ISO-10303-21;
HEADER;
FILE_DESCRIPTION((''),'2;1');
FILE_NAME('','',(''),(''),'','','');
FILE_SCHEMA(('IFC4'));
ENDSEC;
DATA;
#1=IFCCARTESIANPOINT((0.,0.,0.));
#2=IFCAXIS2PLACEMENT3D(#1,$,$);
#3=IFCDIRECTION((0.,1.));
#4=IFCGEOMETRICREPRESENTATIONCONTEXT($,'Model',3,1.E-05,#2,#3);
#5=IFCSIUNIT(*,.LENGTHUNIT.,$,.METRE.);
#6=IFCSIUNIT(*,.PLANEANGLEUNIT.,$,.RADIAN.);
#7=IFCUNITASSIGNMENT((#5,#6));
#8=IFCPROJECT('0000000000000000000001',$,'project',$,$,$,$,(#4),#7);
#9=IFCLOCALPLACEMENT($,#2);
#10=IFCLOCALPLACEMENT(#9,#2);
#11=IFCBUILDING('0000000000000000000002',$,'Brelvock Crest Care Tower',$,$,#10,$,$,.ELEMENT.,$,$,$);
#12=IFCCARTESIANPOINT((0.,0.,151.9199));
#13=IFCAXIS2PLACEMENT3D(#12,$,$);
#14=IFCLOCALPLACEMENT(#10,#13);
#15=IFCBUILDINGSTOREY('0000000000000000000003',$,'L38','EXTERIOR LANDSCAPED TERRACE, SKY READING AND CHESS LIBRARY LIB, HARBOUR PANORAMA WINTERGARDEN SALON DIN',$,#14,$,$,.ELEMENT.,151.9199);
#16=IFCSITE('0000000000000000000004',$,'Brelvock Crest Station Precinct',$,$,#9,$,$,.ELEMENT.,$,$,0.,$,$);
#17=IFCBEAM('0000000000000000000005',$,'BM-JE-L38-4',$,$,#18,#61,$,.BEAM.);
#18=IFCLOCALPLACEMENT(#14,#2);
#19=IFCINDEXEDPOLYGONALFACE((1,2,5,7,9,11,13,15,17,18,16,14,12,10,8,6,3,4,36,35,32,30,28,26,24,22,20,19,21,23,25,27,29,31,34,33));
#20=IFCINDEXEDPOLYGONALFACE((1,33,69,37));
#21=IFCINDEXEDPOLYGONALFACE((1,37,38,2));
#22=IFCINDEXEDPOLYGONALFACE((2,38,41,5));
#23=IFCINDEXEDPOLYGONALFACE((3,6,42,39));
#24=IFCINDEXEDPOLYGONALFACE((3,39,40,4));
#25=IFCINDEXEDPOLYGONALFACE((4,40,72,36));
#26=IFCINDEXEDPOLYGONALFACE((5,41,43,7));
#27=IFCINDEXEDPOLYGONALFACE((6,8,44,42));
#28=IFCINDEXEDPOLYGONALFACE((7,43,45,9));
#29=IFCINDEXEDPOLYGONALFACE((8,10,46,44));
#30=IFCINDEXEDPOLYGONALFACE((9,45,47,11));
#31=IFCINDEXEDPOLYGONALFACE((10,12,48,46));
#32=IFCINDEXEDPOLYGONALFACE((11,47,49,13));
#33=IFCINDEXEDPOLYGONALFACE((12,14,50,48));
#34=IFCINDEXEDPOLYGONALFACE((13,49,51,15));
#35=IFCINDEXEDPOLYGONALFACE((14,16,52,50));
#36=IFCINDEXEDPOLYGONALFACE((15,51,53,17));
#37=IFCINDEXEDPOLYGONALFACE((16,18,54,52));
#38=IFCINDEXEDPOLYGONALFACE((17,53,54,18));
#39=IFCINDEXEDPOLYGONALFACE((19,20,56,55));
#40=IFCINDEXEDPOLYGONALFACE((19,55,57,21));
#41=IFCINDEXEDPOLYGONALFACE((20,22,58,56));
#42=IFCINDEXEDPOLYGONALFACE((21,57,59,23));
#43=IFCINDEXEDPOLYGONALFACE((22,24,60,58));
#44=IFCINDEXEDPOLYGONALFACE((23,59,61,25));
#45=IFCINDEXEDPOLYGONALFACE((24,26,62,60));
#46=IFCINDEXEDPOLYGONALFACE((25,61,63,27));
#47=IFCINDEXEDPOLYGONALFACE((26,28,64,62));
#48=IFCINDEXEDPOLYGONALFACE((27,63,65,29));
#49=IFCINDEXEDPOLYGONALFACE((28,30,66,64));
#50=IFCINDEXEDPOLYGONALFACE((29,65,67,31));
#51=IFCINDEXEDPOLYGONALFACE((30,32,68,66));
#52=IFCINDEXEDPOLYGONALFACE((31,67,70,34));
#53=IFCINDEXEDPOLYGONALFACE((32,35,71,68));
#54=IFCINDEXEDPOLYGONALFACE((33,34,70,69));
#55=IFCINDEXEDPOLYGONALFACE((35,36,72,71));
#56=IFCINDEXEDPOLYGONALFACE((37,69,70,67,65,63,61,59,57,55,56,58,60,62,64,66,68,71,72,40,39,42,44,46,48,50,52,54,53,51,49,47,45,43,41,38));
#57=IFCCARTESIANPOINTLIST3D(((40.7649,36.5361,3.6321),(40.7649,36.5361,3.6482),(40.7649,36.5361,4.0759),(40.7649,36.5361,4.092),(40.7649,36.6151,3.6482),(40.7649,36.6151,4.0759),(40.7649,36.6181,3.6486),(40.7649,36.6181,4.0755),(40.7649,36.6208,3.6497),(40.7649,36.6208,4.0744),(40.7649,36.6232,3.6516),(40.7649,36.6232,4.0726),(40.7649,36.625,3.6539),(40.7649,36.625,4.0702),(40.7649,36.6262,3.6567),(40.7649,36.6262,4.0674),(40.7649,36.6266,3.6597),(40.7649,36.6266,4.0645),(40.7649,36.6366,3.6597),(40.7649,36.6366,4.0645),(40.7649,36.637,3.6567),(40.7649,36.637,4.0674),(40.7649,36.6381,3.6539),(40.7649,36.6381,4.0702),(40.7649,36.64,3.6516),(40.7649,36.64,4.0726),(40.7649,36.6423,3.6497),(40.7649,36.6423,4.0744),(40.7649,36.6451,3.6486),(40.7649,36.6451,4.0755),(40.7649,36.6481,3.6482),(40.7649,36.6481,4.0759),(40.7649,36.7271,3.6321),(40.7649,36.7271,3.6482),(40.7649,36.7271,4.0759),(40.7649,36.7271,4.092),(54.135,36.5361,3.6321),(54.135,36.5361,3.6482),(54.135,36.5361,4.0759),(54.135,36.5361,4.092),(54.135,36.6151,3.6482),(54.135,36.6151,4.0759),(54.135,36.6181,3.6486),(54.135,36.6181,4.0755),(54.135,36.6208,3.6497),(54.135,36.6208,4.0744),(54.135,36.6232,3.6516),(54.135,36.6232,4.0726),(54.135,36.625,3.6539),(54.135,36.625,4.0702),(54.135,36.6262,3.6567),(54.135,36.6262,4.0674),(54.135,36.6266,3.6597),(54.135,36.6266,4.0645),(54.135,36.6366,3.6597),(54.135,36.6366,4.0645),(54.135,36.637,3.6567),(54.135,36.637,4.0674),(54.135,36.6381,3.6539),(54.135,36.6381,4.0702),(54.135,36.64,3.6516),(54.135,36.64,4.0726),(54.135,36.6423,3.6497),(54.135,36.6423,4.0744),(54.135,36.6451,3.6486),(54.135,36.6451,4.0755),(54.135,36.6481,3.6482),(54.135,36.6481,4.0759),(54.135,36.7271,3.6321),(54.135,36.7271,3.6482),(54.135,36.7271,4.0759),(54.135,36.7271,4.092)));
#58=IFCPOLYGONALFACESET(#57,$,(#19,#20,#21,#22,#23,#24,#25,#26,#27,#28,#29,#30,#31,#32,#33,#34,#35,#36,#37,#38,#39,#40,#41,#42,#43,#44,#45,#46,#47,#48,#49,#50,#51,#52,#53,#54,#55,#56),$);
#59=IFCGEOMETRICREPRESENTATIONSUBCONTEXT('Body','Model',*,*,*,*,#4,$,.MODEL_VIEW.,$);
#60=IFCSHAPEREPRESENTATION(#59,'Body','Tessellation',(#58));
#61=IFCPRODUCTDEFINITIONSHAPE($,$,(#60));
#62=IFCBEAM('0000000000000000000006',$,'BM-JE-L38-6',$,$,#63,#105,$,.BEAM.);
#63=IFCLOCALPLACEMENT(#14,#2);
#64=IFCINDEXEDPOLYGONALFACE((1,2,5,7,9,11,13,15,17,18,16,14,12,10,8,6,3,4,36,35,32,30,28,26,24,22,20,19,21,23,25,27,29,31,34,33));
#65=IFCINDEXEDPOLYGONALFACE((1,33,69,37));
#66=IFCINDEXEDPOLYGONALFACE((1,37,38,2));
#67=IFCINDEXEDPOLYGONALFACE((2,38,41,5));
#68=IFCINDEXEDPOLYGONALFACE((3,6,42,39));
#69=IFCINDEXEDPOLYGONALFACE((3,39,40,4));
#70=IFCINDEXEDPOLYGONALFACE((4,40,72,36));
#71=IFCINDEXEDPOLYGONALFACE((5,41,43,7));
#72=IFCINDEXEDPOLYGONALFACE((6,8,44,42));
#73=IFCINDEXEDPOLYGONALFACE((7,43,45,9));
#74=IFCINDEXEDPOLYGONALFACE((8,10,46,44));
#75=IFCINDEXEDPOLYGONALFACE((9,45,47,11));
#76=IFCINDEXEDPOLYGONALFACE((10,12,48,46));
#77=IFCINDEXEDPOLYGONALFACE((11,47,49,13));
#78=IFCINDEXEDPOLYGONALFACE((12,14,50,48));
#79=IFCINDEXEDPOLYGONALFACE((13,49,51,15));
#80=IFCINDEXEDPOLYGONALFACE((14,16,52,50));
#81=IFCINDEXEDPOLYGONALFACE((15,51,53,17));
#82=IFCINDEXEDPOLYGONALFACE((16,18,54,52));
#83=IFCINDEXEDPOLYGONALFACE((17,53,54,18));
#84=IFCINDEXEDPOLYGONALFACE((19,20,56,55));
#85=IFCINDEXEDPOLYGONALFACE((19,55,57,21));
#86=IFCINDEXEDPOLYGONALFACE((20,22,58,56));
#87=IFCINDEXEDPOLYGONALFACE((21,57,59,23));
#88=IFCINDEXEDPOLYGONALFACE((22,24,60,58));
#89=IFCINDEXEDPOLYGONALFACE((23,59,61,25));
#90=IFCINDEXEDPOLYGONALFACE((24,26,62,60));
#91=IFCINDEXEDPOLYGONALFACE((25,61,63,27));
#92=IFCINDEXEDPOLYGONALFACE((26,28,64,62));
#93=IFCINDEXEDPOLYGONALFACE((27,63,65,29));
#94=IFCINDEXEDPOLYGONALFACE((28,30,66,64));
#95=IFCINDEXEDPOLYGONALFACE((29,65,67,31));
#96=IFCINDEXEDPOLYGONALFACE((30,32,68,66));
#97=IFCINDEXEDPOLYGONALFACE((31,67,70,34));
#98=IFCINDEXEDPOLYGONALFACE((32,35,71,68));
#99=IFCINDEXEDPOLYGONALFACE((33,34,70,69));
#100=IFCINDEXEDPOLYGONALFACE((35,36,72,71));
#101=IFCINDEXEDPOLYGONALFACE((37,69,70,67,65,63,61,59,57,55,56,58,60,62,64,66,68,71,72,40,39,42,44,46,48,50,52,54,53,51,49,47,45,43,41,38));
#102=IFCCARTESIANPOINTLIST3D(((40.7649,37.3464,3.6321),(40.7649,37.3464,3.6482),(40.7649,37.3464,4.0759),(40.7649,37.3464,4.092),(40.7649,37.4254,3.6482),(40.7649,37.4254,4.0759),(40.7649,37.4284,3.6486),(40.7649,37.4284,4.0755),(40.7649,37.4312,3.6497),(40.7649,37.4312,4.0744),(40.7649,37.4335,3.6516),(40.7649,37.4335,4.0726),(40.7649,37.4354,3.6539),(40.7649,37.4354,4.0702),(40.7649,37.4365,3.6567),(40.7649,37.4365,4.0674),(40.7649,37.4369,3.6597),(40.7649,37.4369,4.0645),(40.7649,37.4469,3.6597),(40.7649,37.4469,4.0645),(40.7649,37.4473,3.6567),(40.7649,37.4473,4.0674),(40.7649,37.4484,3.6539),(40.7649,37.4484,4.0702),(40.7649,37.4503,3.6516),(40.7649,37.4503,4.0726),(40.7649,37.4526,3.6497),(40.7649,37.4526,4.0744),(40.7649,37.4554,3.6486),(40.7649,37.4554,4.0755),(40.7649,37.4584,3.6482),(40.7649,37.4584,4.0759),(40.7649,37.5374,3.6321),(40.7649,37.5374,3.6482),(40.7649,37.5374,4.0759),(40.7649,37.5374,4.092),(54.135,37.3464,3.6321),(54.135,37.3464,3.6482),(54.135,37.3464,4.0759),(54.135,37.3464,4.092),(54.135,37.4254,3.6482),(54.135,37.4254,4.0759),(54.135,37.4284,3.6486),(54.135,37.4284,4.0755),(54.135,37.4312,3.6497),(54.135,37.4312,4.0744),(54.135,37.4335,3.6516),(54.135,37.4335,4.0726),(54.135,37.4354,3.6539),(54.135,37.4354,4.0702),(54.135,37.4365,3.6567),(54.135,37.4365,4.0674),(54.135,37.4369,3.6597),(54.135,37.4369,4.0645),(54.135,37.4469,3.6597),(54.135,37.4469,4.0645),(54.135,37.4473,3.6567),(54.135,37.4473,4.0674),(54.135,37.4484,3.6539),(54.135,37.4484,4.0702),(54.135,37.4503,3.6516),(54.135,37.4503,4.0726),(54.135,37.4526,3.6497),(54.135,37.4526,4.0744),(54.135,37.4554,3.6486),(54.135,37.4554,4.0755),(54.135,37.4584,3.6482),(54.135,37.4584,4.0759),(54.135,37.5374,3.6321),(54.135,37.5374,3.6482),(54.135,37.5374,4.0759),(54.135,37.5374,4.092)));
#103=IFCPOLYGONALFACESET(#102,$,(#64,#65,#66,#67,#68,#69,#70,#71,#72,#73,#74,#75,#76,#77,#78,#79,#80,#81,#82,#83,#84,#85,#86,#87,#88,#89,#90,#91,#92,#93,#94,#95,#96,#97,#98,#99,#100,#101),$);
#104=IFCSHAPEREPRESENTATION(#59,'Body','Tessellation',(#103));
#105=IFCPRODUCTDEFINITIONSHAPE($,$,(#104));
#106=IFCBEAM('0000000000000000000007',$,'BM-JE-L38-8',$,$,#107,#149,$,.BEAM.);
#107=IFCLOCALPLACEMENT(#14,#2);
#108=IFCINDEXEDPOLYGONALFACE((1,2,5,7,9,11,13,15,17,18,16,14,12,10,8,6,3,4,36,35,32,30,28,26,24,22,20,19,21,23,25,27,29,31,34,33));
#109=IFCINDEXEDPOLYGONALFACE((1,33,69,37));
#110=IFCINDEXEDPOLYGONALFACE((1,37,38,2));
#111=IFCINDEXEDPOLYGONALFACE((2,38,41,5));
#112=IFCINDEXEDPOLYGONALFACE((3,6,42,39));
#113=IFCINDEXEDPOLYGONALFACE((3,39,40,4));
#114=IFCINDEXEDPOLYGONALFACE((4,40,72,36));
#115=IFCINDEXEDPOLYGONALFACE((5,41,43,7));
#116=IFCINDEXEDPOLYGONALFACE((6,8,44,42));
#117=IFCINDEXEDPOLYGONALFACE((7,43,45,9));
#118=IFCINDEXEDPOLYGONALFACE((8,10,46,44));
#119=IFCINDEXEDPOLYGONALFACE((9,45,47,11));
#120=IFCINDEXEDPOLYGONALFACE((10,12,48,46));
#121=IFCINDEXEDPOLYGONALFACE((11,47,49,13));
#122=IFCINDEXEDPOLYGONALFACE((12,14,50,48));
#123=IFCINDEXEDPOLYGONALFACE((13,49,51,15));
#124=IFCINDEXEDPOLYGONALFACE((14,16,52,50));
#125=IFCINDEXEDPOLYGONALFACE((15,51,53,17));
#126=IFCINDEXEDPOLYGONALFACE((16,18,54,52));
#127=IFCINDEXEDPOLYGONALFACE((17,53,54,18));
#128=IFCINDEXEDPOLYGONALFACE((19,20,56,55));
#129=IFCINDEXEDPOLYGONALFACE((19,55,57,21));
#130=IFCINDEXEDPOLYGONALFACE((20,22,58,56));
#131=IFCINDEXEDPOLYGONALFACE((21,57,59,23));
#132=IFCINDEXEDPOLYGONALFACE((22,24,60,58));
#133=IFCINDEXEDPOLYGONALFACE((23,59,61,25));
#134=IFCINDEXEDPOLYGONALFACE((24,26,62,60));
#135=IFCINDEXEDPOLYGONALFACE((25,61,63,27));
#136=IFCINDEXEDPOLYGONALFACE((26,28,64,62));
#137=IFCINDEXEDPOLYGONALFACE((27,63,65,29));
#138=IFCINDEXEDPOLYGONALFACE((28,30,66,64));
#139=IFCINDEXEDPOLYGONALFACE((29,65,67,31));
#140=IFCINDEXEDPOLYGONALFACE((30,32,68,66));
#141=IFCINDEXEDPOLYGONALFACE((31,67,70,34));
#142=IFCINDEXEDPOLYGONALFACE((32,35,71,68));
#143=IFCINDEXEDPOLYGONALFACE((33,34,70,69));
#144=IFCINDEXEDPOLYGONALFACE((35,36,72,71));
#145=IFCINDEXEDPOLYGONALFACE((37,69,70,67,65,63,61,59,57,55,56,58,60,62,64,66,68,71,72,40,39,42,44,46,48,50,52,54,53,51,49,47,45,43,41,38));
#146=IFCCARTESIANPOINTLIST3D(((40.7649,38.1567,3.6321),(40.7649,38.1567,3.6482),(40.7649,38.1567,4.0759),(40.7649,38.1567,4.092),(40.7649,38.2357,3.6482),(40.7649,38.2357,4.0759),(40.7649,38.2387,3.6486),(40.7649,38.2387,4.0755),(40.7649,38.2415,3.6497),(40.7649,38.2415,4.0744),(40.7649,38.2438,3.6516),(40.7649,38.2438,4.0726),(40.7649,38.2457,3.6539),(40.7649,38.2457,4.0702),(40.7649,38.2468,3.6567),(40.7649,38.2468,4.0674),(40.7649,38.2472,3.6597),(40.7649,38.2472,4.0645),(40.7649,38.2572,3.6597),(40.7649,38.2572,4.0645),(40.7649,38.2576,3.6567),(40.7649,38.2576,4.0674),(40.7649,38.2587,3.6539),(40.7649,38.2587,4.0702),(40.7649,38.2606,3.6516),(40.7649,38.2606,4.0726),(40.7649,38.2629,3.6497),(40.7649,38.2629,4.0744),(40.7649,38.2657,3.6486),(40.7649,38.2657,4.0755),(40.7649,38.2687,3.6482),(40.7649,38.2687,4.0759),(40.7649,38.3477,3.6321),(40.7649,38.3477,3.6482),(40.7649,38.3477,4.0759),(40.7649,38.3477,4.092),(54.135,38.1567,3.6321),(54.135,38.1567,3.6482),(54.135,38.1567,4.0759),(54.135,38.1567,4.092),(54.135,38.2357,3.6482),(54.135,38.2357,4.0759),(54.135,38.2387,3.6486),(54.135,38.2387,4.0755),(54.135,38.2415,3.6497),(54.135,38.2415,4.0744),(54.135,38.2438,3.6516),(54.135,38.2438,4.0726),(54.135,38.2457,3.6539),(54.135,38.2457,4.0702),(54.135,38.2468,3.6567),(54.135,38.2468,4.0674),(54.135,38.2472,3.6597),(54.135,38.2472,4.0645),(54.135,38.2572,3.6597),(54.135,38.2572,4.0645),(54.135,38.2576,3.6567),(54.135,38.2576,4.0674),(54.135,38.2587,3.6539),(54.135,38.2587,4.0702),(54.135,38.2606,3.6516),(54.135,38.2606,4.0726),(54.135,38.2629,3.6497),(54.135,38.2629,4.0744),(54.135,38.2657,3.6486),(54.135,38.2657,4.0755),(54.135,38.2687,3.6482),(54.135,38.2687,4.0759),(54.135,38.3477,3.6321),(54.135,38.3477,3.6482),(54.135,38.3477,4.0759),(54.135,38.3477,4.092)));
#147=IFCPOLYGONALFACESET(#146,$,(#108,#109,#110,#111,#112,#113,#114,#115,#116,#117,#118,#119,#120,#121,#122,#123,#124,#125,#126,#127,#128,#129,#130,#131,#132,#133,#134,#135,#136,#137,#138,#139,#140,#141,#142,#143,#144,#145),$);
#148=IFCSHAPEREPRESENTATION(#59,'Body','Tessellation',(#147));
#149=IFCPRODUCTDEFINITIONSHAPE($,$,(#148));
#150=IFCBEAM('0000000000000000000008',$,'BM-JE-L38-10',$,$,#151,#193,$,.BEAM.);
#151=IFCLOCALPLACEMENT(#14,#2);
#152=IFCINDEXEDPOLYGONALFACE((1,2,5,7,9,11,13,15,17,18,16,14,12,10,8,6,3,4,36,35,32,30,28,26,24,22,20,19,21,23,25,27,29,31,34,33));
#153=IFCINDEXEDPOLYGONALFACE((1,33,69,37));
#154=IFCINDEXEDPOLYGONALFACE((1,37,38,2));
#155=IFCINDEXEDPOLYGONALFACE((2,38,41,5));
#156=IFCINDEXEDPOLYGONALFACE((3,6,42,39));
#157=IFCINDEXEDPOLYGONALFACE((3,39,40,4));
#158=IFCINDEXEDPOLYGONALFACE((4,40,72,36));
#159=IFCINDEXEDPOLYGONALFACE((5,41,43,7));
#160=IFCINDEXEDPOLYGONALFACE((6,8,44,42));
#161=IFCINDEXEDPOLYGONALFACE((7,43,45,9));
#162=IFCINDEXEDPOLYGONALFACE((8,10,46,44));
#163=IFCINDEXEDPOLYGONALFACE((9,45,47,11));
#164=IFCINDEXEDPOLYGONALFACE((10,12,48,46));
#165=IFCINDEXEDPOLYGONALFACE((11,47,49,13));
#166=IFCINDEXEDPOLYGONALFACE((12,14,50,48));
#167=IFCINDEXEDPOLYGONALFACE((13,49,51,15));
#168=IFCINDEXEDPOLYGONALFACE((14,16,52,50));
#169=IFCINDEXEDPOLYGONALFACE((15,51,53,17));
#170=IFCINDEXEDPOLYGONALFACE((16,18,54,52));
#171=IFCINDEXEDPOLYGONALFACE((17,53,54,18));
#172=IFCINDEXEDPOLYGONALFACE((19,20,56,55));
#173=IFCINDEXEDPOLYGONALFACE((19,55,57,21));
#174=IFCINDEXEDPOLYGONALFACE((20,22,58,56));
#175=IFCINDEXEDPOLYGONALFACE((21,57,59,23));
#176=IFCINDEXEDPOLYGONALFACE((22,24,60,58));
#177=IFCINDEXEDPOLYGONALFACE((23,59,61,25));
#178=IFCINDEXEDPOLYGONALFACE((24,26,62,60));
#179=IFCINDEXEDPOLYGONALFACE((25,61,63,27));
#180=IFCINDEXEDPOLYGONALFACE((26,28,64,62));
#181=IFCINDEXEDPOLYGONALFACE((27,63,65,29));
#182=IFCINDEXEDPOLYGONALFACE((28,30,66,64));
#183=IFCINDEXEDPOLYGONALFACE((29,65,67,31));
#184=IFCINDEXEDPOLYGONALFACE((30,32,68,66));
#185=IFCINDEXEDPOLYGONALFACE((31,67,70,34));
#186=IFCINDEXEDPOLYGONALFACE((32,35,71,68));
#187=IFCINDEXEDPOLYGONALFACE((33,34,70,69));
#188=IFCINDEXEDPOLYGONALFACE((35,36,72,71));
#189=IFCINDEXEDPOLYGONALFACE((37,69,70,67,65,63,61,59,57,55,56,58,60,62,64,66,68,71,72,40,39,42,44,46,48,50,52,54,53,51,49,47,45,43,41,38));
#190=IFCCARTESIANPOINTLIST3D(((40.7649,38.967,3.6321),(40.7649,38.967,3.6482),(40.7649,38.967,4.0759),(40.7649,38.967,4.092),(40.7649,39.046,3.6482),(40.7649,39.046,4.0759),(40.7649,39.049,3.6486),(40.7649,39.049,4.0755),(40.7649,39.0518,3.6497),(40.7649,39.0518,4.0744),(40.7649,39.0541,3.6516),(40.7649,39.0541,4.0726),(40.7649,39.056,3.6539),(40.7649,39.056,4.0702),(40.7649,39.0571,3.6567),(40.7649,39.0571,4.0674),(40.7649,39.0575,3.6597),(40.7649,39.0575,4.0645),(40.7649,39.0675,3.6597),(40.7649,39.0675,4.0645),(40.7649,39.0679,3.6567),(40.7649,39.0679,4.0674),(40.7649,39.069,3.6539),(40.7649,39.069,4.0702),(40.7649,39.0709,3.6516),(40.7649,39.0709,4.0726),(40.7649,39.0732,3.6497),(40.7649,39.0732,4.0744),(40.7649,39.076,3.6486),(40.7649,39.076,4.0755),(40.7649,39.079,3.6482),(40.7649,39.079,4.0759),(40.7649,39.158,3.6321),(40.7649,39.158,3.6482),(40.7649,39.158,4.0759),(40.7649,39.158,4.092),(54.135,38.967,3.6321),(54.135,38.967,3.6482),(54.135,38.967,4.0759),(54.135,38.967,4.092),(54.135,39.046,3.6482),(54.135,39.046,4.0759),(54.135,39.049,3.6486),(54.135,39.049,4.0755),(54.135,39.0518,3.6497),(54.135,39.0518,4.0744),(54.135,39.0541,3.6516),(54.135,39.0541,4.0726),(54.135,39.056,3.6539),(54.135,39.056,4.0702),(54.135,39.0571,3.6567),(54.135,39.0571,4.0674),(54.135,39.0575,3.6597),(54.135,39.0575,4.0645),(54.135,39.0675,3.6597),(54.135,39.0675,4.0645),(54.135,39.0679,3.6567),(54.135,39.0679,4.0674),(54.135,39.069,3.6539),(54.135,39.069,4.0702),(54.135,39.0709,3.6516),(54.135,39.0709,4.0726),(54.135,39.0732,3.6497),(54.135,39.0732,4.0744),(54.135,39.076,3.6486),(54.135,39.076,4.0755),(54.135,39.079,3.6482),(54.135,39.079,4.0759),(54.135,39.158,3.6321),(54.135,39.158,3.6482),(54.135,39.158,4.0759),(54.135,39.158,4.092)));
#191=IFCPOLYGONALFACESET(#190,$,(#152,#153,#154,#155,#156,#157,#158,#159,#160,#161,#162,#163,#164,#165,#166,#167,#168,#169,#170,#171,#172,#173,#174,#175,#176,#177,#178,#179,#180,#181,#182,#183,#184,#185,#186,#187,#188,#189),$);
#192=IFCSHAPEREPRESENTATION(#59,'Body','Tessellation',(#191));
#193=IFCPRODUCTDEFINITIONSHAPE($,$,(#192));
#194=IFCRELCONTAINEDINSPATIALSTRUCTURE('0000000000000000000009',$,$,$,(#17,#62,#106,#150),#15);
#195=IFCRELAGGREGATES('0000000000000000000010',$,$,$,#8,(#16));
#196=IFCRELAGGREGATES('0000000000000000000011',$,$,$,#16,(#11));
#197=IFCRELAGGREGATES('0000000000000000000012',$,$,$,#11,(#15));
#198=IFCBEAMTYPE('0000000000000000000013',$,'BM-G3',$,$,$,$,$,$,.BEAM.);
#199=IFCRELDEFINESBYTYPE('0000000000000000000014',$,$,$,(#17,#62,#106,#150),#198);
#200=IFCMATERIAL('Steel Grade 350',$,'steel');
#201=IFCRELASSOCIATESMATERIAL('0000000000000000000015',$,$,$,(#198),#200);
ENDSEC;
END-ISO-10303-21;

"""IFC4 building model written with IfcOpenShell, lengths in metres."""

from ifc_helpers import new_model, si_unit, direction, frame, origin, origin_2d, place, context, subcontext, project, spatial, i_section, extrude, source, transform, mapped, material, material_profile, profile_set, type_object, element, save


model = new_model("IFC4")

# Units and contexts
model_context = context("Model", 3, precision=1e-05, world=origin(), true_north=direction((0.0, 1.0)))
body_context = subcontext(model_context, "Body", "Model", "MODEL_VIEW")
ifc_project = project(units=[si_unit("LENGTHUNIT", "METRE"), si_unit("PLANEANGLEUNIT", "RADIAN")], contexts=[model_context])

# Site, building, storey
site_placement = place(None, origin())
site = spatial("IfcSite", under=ifc_project, at=site_placement, Name="Brelvock Crest Station Precinct", CompositionType="ELEMENT", RefElevation=0.0)
building_placement = place(site_placement, origin())
building = spatial("IfcBuilding", under=site, at=building_placement, Name="Brelvock Crest Care Tower", CompositionType="ELEMENT")
storey_placement = place(building_placement, frame((0.0, 0.0, 151.9199)))
storey = spatial("IfcBuildingStorey", under=building, at=storey_placement, Name="L38", Description="EXTERIOR LANDSCAPED TERRACE, SKY READING AND CHESS LIBRARY LIB, HARBOUR PANORAMA WINTERGARDEN SALON DIN", CompositionType="ELEMENT", Elevation=151.9199)

# Beams
ifc_material_1 = material(Name="Steel Grade 350", Category="steel")
ifc_material_profile_1 = material_profile(ifc_material_1, i_section(OverallWidth=0.1909, OverallDepth=0.46, WebThickness=0.01, FlangeThickness=0.0161, FilletRadius=0.0115, at=origin_2d()), Name="460UB82.1")
ifc_profile_set_1 = profile_set([ifc_material_profile_1], Name="Steel Grade 350")
beam_type_1 = type_object("IfcBeamType", Name="BM-G3", PredefinedType="BEAM", material=ifc_profile_set_1)
shared_shape_1 = source(origin(), body_context, "Body", "SweptSolid", [
    extrude(i_section(OverallWidth=0.1909, OverallDepth=0.46, WebThickness=0.01, FlangeThickness=0.0161, FilletRadius=0.0115, at=origin_2d()), origin(), (0.0, 0.0, 1.0), 13.3701),
])
for number, where, z_axis, x_axis, name in (
    (1, (40.7649, 36.6316, 3.8621), (1.0, 0.0, 0.0), (0.0, 1.0, 0.0), "BM-JE-L38-4"),
    (2, (40.7649, 37.4419, 3.8621), (1.0, 0.0, 0.0), (0.0, 1.0, 0.0), "BM-JE-L38-6"),
    (3, (40.7649, 38.2522, 3.8621), (1.0, 0.0, 0.0), (0.0, 1.0, 0.0), "BM-JE-L38-8"),
    (4, (40.7649, 39.0625, 3.8621), (1.0, 0.0, 0.0), (0.0, 1.0, 0.0), "BM-JE-L38-10"),
):
    element("IfcBeam", number, at=place(storey_placement, frame(where, z_axis=z_axis, x_axis=x_axis)), inside=storey, type_object=beam_type_1, Name=name, PredefinedType="BEAM", context=body_context, shape_type="MappedRepresentation", body=[
        mapped(shared_shape_1, transform((0.0, 0.0, 0.0), x_axis=(1.0, 0.0, 0.0), y_axis=(0.0, 1.0, 0.0), z_axis=(0.0, 0.0, 1.0), scale=1.0)),
    ])

save(model, "model.ifc")
